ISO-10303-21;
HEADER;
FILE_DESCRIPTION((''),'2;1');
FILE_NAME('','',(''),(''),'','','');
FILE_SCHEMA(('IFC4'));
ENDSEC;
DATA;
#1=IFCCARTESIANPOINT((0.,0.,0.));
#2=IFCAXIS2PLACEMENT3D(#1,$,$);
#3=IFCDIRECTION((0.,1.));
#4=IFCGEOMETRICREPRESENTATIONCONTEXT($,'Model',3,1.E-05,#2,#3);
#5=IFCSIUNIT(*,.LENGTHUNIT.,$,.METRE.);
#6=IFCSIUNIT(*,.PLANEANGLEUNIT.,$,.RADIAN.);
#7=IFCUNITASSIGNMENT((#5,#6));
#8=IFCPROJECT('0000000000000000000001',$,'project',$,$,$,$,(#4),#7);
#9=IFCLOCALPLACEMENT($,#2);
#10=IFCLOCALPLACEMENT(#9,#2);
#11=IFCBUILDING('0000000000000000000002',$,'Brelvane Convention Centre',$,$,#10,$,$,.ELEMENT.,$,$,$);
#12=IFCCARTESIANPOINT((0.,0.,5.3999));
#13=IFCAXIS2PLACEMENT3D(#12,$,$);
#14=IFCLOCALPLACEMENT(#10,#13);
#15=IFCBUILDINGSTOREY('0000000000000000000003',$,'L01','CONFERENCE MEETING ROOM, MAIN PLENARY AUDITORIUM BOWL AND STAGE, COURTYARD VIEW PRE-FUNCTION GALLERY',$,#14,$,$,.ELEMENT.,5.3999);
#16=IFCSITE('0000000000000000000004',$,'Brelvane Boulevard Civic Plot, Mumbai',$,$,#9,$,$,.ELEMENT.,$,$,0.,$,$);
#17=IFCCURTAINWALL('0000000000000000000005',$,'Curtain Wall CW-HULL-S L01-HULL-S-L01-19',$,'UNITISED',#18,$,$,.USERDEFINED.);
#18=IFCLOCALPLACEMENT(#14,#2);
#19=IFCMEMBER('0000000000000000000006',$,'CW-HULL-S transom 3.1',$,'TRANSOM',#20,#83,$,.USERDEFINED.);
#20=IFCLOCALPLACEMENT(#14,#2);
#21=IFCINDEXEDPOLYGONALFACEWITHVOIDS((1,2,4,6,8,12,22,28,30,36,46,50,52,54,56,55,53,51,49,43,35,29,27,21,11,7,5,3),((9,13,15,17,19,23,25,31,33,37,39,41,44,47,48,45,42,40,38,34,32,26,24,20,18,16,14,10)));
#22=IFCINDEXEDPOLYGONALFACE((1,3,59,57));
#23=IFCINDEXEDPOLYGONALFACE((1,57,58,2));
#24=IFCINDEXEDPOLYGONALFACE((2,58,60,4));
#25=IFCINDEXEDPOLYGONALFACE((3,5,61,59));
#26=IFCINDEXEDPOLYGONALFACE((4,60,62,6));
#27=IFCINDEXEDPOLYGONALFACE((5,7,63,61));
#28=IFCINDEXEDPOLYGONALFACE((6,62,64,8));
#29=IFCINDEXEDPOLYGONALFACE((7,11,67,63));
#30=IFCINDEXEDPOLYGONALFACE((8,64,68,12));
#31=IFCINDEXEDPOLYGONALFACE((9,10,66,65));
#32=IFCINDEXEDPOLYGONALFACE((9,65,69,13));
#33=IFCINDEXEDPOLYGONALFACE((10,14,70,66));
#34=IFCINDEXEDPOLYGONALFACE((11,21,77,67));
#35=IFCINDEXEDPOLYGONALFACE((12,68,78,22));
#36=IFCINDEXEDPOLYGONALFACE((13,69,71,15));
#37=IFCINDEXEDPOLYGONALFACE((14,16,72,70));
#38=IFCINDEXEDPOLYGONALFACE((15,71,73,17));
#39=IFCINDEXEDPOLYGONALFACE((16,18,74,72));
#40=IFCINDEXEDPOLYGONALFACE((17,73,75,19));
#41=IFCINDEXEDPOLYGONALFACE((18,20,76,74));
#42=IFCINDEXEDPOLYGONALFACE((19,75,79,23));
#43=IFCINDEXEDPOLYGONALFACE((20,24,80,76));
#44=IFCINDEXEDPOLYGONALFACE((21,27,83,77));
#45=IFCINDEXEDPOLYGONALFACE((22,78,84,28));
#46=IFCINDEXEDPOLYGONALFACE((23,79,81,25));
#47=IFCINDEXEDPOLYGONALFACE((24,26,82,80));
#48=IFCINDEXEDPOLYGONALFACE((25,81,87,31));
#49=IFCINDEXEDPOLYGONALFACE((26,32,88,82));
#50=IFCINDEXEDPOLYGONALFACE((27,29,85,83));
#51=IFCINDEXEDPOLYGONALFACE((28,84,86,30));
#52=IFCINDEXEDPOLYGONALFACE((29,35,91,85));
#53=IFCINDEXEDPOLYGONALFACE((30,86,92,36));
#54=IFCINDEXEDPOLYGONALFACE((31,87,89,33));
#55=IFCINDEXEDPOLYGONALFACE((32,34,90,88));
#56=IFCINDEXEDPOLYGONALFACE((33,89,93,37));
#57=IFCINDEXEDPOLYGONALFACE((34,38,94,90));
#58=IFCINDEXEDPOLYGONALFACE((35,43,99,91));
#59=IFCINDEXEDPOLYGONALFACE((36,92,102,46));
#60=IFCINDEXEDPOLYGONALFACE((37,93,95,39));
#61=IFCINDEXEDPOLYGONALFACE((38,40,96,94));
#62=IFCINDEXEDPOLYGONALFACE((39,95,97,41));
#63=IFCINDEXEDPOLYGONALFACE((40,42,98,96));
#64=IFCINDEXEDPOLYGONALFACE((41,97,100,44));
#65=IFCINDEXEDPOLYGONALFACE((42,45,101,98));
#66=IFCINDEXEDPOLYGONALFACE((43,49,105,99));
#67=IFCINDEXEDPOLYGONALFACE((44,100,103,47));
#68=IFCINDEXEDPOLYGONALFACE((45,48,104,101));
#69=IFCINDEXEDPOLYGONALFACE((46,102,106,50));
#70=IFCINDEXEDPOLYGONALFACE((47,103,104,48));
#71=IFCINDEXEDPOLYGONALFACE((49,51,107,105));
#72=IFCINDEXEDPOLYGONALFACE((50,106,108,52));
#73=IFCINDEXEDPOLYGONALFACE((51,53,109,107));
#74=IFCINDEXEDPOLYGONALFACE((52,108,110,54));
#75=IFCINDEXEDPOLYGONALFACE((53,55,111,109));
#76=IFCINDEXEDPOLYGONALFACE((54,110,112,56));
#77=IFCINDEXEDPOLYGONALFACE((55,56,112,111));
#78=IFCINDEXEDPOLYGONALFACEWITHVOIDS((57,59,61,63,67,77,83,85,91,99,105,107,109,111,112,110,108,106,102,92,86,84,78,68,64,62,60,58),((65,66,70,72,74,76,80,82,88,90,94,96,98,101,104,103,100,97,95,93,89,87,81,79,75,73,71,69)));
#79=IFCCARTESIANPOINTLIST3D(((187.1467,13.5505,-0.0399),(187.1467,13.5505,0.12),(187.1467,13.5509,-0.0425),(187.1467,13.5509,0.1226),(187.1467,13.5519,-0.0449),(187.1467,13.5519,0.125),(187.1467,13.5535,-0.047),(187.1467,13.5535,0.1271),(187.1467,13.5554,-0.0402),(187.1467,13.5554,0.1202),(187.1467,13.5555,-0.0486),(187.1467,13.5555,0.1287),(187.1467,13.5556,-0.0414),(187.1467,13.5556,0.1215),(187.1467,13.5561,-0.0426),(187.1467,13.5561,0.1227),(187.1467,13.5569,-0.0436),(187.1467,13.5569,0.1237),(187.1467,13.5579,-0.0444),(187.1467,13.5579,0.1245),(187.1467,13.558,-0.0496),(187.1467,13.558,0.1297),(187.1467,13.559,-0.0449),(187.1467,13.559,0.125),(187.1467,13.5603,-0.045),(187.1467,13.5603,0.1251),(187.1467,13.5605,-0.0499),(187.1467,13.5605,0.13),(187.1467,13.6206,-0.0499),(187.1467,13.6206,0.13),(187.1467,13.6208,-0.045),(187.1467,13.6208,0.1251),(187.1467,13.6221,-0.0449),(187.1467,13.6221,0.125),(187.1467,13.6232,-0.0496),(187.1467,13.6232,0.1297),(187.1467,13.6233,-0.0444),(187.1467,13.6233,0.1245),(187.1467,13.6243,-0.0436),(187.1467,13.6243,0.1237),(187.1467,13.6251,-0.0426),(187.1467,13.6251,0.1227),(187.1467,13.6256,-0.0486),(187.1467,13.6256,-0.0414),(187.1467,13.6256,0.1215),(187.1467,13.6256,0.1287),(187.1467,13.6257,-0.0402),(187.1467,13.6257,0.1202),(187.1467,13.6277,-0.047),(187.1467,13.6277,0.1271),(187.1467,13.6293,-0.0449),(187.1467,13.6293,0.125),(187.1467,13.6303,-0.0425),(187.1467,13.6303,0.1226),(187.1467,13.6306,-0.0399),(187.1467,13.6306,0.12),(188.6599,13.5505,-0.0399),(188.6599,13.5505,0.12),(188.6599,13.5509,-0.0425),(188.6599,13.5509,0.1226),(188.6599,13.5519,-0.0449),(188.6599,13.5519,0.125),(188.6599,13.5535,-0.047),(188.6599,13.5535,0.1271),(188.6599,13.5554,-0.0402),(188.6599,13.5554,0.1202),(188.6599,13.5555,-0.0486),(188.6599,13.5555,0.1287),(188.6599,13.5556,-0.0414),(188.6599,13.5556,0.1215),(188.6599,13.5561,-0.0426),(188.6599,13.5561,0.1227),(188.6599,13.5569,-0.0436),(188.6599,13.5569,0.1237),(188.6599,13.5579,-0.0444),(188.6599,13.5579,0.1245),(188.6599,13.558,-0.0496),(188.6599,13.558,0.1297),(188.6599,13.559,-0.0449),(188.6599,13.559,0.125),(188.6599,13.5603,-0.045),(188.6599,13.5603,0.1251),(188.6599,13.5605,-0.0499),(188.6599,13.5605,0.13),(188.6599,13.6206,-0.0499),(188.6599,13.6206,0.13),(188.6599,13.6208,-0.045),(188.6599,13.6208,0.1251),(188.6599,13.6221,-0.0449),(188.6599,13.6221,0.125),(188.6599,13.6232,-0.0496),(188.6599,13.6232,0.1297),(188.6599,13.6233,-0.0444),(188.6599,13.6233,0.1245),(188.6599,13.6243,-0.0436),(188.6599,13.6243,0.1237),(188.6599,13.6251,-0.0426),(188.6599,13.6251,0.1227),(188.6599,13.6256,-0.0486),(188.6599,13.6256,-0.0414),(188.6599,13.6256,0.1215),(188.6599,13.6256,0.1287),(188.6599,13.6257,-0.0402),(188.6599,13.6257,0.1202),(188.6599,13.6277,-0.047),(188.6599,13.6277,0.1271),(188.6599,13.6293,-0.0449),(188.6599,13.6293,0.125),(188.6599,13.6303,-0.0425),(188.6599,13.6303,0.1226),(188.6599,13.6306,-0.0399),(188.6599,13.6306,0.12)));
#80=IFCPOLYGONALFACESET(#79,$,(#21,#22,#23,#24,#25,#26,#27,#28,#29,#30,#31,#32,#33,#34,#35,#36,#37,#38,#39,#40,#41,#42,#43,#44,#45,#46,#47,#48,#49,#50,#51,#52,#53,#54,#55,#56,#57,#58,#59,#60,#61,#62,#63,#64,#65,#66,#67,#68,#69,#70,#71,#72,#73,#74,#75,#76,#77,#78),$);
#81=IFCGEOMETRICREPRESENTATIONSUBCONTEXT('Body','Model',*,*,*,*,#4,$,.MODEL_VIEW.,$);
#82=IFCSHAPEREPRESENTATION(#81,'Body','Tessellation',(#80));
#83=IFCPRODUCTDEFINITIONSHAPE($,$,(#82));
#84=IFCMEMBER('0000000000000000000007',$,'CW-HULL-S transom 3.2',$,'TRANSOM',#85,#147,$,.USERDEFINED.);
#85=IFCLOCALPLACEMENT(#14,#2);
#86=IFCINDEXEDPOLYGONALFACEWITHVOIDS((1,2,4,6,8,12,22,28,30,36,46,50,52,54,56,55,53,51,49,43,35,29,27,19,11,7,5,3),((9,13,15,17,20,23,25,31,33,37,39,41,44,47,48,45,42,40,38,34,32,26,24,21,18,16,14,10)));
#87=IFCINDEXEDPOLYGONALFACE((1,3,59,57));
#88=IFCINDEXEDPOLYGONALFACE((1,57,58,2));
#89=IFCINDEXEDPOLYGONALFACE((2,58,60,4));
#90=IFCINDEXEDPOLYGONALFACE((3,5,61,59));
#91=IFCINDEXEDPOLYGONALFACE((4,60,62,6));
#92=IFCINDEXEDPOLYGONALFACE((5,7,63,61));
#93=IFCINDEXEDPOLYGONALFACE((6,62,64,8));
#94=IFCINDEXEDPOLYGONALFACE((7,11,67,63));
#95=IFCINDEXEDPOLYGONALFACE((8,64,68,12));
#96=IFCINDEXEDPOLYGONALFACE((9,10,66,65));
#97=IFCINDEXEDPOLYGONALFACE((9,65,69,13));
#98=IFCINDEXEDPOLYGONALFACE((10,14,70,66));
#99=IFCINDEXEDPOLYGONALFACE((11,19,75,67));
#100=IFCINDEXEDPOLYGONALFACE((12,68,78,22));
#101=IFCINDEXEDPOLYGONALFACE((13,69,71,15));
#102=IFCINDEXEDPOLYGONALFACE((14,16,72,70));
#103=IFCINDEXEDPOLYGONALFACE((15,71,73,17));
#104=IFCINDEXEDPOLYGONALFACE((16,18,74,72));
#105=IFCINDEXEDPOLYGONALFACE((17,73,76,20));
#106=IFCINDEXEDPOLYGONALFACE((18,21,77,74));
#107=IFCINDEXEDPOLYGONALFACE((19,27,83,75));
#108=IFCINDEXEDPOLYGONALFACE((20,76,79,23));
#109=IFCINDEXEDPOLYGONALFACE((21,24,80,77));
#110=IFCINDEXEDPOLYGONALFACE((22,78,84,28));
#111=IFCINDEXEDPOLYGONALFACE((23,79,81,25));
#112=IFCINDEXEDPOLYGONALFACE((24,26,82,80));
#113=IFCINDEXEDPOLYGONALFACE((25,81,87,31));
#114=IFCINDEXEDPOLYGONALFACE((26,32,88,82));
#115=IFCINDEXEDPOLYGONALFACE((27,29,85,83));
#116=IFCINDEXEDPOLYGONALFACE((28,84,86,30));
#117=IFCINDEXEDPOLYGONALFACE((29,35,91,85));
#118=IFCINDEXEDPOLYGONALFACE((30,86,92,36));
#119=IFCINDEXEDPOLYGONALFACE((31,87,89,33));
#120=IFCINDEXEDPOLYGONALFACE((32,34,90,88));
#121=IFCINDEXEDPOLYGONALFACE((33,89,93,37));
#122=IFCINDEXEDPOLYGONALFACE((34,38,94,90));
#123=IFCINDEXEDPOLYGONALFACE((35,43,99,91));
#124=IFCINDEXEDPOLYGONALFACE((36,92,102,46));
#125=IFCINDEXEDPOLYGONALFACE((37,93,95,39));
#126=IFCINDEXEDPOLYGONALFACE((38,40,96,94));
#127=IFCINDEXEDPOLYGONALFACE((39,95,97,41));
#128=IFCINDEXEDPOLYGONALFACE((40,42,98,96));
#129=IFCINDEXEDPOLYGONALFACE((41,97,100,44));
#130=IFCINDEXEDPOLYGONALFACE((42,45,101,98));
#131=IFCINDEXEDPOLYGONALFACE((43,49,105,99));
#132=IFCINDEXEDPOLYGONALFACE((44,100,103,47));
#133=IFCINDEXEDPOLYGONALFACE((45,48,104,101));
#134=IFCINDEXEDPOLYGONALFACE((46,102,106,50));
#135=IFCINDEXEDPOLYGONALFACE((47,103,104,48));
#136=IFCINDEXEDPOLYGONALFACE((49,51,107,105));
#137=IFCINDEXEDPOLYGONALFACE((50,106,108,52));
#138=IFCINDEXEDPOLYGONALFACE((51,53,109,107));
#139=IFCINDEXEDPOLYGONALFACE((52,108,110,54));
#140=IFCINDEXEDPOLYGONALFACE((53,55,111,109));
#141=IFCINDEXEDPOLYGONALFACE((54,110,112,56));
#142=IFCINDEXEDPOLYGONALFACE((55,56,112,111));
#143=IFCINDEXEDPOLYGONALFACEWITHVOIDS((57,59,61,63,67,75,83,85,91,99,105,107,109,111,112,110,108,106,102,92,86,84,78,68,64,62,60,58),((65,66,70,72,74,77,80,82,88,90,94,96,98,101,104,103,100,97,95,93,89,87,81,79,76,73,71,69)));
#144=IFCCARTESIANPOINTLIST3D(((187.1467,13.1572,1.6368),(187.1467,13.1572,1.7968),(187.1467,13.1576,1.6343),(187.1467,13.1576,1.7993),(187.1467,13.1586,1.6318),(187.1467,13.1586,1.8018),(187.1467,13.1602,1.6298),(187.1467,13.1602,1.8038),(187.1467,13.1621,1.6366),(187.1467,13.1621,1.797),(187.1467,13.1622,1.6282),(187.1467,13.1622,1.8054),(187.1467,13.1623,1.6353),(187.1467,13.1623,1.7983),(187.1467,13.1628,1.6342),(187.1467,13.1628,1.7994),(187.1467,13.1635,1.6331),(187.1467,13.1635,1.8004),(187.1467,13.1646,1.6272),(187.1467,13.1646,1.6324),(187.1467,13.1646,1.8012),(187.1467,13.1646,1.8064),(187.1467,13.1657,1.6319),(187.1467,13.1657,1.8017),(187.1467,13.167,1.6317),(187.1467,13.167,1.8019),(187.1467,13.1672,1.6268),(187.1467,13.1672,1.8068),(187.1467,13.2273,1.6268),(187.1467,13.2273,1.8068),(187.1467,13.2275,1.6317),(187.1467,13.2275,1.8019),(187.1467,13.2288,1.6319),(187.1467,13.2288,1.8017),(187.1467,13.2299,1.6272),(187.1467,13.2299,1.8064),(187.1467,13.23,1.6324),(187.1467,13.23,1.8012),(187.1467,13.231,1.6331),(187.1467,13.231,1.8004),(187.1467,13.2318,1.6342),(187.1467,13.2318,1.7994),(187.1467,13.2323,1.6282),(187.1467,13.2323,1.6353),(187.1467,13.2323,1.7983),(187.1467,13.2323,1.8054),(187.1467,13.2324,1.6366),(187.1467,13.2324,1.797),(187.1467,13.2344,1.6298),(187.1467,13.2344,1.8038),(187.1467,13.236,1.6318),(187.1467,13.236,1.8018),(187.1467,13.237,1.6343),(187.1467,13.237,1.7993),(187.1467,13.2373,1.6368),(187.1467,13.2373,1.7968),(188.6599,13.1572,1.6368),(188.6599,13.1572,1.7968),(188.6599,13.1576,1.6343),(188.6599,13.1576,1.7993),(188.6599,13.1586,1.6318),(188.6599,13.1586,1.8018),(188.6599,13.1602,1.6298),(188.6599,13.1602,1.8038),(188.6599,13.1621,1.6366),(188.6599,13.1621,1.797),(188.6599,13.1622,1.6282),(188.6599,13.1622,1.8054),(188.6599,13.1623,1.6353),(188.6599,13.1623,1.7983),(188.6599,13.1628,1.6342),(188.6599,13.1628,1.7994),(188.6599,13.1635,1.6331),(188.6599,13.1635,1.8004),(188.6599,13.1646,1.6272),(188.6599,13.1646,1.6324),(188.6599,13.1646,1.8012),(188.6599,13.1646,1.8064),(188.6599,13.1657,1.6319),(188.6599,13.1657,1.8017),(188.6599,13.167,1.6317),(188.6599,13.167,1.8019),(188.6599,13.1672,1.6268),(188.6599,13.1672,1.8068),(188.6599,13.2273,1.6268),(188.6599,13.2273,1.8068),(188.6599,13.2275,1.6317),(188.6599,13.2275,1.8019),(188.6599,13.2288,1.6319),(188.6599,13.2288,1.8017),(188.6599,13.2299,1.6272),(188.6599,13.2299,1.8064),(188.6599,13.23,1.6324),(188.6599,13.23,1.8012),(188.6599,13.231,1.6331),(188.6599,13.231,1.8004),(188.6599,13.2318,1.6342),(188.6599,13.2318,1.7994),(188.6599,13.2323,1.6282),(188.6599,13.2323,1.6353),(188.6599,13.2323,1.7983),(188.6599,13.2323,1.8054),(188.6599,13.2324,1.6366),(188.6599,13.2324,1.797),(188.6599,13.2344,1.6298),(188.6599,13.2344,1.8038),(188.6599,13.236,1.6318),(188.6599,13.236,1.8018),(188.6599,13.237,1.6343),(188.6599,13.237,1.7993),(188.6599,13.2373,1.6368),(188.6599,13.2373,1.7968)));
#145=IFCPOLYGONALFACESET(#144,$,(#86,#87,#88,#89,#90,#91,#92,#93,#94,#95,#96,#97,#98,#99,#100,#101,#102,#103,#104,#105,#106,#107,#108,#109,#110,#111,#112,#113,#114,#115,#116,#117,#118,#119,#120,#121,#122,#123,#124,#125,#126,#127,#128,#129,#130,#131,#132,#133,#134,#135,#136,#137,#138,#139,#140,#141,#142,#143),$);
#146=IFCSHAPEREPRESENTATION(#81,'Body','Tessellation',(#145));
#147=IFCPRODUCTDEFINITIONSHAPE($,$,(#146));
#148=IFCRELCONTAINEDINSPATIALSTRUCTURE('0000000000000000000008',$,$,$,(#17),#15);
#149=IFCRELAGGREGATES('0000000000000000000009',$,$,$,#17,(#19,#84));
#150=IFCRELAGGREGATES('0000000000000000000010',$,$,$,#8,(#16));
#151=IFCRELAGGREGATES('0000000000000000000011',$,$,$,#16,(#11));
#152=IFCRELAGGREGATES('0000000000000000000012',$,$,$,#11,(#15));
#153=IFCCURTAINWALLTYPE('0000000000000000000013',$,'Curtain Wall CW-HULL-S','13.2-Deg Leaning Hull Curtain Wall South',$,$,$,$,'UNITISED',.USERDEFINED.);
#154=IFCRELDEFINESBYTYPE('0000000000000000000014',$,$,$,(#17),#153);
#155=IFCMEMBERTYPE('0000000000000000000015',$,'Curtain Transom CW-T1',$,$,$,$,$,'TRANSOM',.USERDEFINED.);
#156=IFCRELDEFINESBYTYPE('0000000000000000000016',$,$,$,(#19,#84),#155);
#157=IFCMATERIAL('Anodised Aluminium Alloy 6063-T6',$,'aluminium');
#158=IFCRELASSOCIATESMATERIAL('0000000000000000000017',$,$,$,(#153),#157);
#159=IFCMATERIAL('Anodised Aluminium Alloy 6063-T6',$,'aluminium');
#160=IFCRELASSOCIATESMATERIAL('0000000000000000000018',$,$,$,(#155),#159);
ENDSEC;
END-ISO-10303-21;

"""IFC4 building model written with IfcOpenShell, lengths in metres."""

from ifc_helpers import new_model, si_unit, direction, frame, origin, origin_2d, place, context, subcontext, project, spatial, hollow_rectangle, extrude, material, material_profile, profile_set, type_object, element, aggregate, save


model = new_model("IFC4")

# Units and contexts
model_context = context("Model", 3, precision=1e-05, world=origin(), true_north=direction((0.0, 1.0)))
body_context = subcontext(model_context, "Body", "Model", "MODEL_VIEW")
ifc_project = project(units=[si_unit("LENGTHUNIT", "METRE"), si_unit("PLANEANGLEUNIT", "RADIAN")], contexts=[model_context])

# Site, building, storey
site_placement = place(None, origin())
site = spatial("IfcSite", under=ifc_project, at=site_placement, Name="Brelvane Boulevard Civic Plot, Mumbai", CompositionType="ELEMENT", RefElevation=0.0)
building_placement = place(site_placement, origin())
building = spatial("IfcBuilding", under=site, at=building_placement, Name="Brelvane Convention Centre", CompositionType="ELEMENT")
storey_placement = place(building_placement, frame((0.0, 0.0, 5.3999)))
storey = spatial("IfcBuildingStorey", under=building, at=storey_placement, Name="L01", Description="CONFERENCE MEETING ROOM, MAIN PLENARY AUDITORIUM BOWL AND STAGE, COURTYARD VIEW PRE-FUNCTION GALLERY", CompositionType="ELEMENT", Elevation=5.3999)

# Curtain wall, members
ifc_material_1 = material(Name="Anodised Aluminium Alloy 6063-T6", Category="aluminium")
curtain_wall_type = type_object("IfcCurtainWallType", Name="Curtain Wall CW-HULL-S", Description="13.2-Deg Leaning Hull Curtain Wall South", ElementType="UNITISED", PredefinedType="USERDEFINED", material=ifc_material_1)
curtain_wall_1_placement = place(storey_placement, origin())
curtain_wall_1 = element("IfcCurtainWall", 1, at=curtain_wall_1_placement, inside=storey, type_object=curtain_wall_type, Name="Curtain Wall CW-HULL-S L01-HULL-S-L01-19", ObjectType="UNITISED", PredefinedType="USERDEFINED")
ifc_material_2 = material(Name="Anodised Aluminium Alloy 6063-T6", Category="aluminium")
ifc_material_profile = material_profile(ifc_material_2, hollow_rectangle(XDim=0.0801, YDim=0.1799, WallThickness=0.0049, InnerFilletRadius=0.0049, OuterFilletRadius=0.01, at=origin_2d()), Name="ALU-T 180x80x5.0")
ifc_profile_set = profile_set([ifc_material_profile], Name="Anodised Aluminium Alloy 6063-T6")
member_type = type_object("IfcMemberType", Name="Curtain Transom CW-T1", ElementType="TRANSOM", PredefinedType="USERDEFINED", material=ifc_profile_set)
member_1_placement = place(storey_placement, frame((187.1467, 13.5906, 0.04), z_axis=(1.0, 0.0, 0.0), x_axis=(0.0, 1.0, 0.0)))
member_1 = element("IfcMember", 2, at=member_1_placement, type_object=member_type, Name="CW-HULL-S transom 3.1", ObjectType="TRANSOM", PredefinedType="USERDEFINED", context=body_context, shape_type="SweptSolid", body=[
    extrude(hollow_rectangle(XDim=0.0801, YDim=0.1799, WallThickness=0.0049, InnerFilletRadius=0.0049, OuterFilletRadius=0.01, at=origin_2d()), origin(), (0.0, 0.0, 1.0), 1.5132),
])
member_2_placement = place(storey_placement, frame((187.1467, 13.1973, 1.7168), z_axis=(1.0, 0.0, 0.0), x_axis=(0.0, 1.0, 0.0)))
member_2 = element("IfcMember", 3, at=member_2_placement, type_object=member_type, Name="CW-HULL-S transom 3.2", ObjectType="TRANSOM", PredefinedType="USERDEFINED", context=body_context, shape_type="SweptSolid", body=[
    extrude(hollow_rectangle(XDim=0.0801, YDim=0.1799, WallThickness=0.0049, InnerFilletRadius=0.0049, OuterFilletRadius=0.01, at=origin_2d()), origin(), (0.0, 0.0, 1.0), 1.5132),
])

aggregate(curtain_wall_1, [member_1, member_2])

save(model, "model.ifc")
